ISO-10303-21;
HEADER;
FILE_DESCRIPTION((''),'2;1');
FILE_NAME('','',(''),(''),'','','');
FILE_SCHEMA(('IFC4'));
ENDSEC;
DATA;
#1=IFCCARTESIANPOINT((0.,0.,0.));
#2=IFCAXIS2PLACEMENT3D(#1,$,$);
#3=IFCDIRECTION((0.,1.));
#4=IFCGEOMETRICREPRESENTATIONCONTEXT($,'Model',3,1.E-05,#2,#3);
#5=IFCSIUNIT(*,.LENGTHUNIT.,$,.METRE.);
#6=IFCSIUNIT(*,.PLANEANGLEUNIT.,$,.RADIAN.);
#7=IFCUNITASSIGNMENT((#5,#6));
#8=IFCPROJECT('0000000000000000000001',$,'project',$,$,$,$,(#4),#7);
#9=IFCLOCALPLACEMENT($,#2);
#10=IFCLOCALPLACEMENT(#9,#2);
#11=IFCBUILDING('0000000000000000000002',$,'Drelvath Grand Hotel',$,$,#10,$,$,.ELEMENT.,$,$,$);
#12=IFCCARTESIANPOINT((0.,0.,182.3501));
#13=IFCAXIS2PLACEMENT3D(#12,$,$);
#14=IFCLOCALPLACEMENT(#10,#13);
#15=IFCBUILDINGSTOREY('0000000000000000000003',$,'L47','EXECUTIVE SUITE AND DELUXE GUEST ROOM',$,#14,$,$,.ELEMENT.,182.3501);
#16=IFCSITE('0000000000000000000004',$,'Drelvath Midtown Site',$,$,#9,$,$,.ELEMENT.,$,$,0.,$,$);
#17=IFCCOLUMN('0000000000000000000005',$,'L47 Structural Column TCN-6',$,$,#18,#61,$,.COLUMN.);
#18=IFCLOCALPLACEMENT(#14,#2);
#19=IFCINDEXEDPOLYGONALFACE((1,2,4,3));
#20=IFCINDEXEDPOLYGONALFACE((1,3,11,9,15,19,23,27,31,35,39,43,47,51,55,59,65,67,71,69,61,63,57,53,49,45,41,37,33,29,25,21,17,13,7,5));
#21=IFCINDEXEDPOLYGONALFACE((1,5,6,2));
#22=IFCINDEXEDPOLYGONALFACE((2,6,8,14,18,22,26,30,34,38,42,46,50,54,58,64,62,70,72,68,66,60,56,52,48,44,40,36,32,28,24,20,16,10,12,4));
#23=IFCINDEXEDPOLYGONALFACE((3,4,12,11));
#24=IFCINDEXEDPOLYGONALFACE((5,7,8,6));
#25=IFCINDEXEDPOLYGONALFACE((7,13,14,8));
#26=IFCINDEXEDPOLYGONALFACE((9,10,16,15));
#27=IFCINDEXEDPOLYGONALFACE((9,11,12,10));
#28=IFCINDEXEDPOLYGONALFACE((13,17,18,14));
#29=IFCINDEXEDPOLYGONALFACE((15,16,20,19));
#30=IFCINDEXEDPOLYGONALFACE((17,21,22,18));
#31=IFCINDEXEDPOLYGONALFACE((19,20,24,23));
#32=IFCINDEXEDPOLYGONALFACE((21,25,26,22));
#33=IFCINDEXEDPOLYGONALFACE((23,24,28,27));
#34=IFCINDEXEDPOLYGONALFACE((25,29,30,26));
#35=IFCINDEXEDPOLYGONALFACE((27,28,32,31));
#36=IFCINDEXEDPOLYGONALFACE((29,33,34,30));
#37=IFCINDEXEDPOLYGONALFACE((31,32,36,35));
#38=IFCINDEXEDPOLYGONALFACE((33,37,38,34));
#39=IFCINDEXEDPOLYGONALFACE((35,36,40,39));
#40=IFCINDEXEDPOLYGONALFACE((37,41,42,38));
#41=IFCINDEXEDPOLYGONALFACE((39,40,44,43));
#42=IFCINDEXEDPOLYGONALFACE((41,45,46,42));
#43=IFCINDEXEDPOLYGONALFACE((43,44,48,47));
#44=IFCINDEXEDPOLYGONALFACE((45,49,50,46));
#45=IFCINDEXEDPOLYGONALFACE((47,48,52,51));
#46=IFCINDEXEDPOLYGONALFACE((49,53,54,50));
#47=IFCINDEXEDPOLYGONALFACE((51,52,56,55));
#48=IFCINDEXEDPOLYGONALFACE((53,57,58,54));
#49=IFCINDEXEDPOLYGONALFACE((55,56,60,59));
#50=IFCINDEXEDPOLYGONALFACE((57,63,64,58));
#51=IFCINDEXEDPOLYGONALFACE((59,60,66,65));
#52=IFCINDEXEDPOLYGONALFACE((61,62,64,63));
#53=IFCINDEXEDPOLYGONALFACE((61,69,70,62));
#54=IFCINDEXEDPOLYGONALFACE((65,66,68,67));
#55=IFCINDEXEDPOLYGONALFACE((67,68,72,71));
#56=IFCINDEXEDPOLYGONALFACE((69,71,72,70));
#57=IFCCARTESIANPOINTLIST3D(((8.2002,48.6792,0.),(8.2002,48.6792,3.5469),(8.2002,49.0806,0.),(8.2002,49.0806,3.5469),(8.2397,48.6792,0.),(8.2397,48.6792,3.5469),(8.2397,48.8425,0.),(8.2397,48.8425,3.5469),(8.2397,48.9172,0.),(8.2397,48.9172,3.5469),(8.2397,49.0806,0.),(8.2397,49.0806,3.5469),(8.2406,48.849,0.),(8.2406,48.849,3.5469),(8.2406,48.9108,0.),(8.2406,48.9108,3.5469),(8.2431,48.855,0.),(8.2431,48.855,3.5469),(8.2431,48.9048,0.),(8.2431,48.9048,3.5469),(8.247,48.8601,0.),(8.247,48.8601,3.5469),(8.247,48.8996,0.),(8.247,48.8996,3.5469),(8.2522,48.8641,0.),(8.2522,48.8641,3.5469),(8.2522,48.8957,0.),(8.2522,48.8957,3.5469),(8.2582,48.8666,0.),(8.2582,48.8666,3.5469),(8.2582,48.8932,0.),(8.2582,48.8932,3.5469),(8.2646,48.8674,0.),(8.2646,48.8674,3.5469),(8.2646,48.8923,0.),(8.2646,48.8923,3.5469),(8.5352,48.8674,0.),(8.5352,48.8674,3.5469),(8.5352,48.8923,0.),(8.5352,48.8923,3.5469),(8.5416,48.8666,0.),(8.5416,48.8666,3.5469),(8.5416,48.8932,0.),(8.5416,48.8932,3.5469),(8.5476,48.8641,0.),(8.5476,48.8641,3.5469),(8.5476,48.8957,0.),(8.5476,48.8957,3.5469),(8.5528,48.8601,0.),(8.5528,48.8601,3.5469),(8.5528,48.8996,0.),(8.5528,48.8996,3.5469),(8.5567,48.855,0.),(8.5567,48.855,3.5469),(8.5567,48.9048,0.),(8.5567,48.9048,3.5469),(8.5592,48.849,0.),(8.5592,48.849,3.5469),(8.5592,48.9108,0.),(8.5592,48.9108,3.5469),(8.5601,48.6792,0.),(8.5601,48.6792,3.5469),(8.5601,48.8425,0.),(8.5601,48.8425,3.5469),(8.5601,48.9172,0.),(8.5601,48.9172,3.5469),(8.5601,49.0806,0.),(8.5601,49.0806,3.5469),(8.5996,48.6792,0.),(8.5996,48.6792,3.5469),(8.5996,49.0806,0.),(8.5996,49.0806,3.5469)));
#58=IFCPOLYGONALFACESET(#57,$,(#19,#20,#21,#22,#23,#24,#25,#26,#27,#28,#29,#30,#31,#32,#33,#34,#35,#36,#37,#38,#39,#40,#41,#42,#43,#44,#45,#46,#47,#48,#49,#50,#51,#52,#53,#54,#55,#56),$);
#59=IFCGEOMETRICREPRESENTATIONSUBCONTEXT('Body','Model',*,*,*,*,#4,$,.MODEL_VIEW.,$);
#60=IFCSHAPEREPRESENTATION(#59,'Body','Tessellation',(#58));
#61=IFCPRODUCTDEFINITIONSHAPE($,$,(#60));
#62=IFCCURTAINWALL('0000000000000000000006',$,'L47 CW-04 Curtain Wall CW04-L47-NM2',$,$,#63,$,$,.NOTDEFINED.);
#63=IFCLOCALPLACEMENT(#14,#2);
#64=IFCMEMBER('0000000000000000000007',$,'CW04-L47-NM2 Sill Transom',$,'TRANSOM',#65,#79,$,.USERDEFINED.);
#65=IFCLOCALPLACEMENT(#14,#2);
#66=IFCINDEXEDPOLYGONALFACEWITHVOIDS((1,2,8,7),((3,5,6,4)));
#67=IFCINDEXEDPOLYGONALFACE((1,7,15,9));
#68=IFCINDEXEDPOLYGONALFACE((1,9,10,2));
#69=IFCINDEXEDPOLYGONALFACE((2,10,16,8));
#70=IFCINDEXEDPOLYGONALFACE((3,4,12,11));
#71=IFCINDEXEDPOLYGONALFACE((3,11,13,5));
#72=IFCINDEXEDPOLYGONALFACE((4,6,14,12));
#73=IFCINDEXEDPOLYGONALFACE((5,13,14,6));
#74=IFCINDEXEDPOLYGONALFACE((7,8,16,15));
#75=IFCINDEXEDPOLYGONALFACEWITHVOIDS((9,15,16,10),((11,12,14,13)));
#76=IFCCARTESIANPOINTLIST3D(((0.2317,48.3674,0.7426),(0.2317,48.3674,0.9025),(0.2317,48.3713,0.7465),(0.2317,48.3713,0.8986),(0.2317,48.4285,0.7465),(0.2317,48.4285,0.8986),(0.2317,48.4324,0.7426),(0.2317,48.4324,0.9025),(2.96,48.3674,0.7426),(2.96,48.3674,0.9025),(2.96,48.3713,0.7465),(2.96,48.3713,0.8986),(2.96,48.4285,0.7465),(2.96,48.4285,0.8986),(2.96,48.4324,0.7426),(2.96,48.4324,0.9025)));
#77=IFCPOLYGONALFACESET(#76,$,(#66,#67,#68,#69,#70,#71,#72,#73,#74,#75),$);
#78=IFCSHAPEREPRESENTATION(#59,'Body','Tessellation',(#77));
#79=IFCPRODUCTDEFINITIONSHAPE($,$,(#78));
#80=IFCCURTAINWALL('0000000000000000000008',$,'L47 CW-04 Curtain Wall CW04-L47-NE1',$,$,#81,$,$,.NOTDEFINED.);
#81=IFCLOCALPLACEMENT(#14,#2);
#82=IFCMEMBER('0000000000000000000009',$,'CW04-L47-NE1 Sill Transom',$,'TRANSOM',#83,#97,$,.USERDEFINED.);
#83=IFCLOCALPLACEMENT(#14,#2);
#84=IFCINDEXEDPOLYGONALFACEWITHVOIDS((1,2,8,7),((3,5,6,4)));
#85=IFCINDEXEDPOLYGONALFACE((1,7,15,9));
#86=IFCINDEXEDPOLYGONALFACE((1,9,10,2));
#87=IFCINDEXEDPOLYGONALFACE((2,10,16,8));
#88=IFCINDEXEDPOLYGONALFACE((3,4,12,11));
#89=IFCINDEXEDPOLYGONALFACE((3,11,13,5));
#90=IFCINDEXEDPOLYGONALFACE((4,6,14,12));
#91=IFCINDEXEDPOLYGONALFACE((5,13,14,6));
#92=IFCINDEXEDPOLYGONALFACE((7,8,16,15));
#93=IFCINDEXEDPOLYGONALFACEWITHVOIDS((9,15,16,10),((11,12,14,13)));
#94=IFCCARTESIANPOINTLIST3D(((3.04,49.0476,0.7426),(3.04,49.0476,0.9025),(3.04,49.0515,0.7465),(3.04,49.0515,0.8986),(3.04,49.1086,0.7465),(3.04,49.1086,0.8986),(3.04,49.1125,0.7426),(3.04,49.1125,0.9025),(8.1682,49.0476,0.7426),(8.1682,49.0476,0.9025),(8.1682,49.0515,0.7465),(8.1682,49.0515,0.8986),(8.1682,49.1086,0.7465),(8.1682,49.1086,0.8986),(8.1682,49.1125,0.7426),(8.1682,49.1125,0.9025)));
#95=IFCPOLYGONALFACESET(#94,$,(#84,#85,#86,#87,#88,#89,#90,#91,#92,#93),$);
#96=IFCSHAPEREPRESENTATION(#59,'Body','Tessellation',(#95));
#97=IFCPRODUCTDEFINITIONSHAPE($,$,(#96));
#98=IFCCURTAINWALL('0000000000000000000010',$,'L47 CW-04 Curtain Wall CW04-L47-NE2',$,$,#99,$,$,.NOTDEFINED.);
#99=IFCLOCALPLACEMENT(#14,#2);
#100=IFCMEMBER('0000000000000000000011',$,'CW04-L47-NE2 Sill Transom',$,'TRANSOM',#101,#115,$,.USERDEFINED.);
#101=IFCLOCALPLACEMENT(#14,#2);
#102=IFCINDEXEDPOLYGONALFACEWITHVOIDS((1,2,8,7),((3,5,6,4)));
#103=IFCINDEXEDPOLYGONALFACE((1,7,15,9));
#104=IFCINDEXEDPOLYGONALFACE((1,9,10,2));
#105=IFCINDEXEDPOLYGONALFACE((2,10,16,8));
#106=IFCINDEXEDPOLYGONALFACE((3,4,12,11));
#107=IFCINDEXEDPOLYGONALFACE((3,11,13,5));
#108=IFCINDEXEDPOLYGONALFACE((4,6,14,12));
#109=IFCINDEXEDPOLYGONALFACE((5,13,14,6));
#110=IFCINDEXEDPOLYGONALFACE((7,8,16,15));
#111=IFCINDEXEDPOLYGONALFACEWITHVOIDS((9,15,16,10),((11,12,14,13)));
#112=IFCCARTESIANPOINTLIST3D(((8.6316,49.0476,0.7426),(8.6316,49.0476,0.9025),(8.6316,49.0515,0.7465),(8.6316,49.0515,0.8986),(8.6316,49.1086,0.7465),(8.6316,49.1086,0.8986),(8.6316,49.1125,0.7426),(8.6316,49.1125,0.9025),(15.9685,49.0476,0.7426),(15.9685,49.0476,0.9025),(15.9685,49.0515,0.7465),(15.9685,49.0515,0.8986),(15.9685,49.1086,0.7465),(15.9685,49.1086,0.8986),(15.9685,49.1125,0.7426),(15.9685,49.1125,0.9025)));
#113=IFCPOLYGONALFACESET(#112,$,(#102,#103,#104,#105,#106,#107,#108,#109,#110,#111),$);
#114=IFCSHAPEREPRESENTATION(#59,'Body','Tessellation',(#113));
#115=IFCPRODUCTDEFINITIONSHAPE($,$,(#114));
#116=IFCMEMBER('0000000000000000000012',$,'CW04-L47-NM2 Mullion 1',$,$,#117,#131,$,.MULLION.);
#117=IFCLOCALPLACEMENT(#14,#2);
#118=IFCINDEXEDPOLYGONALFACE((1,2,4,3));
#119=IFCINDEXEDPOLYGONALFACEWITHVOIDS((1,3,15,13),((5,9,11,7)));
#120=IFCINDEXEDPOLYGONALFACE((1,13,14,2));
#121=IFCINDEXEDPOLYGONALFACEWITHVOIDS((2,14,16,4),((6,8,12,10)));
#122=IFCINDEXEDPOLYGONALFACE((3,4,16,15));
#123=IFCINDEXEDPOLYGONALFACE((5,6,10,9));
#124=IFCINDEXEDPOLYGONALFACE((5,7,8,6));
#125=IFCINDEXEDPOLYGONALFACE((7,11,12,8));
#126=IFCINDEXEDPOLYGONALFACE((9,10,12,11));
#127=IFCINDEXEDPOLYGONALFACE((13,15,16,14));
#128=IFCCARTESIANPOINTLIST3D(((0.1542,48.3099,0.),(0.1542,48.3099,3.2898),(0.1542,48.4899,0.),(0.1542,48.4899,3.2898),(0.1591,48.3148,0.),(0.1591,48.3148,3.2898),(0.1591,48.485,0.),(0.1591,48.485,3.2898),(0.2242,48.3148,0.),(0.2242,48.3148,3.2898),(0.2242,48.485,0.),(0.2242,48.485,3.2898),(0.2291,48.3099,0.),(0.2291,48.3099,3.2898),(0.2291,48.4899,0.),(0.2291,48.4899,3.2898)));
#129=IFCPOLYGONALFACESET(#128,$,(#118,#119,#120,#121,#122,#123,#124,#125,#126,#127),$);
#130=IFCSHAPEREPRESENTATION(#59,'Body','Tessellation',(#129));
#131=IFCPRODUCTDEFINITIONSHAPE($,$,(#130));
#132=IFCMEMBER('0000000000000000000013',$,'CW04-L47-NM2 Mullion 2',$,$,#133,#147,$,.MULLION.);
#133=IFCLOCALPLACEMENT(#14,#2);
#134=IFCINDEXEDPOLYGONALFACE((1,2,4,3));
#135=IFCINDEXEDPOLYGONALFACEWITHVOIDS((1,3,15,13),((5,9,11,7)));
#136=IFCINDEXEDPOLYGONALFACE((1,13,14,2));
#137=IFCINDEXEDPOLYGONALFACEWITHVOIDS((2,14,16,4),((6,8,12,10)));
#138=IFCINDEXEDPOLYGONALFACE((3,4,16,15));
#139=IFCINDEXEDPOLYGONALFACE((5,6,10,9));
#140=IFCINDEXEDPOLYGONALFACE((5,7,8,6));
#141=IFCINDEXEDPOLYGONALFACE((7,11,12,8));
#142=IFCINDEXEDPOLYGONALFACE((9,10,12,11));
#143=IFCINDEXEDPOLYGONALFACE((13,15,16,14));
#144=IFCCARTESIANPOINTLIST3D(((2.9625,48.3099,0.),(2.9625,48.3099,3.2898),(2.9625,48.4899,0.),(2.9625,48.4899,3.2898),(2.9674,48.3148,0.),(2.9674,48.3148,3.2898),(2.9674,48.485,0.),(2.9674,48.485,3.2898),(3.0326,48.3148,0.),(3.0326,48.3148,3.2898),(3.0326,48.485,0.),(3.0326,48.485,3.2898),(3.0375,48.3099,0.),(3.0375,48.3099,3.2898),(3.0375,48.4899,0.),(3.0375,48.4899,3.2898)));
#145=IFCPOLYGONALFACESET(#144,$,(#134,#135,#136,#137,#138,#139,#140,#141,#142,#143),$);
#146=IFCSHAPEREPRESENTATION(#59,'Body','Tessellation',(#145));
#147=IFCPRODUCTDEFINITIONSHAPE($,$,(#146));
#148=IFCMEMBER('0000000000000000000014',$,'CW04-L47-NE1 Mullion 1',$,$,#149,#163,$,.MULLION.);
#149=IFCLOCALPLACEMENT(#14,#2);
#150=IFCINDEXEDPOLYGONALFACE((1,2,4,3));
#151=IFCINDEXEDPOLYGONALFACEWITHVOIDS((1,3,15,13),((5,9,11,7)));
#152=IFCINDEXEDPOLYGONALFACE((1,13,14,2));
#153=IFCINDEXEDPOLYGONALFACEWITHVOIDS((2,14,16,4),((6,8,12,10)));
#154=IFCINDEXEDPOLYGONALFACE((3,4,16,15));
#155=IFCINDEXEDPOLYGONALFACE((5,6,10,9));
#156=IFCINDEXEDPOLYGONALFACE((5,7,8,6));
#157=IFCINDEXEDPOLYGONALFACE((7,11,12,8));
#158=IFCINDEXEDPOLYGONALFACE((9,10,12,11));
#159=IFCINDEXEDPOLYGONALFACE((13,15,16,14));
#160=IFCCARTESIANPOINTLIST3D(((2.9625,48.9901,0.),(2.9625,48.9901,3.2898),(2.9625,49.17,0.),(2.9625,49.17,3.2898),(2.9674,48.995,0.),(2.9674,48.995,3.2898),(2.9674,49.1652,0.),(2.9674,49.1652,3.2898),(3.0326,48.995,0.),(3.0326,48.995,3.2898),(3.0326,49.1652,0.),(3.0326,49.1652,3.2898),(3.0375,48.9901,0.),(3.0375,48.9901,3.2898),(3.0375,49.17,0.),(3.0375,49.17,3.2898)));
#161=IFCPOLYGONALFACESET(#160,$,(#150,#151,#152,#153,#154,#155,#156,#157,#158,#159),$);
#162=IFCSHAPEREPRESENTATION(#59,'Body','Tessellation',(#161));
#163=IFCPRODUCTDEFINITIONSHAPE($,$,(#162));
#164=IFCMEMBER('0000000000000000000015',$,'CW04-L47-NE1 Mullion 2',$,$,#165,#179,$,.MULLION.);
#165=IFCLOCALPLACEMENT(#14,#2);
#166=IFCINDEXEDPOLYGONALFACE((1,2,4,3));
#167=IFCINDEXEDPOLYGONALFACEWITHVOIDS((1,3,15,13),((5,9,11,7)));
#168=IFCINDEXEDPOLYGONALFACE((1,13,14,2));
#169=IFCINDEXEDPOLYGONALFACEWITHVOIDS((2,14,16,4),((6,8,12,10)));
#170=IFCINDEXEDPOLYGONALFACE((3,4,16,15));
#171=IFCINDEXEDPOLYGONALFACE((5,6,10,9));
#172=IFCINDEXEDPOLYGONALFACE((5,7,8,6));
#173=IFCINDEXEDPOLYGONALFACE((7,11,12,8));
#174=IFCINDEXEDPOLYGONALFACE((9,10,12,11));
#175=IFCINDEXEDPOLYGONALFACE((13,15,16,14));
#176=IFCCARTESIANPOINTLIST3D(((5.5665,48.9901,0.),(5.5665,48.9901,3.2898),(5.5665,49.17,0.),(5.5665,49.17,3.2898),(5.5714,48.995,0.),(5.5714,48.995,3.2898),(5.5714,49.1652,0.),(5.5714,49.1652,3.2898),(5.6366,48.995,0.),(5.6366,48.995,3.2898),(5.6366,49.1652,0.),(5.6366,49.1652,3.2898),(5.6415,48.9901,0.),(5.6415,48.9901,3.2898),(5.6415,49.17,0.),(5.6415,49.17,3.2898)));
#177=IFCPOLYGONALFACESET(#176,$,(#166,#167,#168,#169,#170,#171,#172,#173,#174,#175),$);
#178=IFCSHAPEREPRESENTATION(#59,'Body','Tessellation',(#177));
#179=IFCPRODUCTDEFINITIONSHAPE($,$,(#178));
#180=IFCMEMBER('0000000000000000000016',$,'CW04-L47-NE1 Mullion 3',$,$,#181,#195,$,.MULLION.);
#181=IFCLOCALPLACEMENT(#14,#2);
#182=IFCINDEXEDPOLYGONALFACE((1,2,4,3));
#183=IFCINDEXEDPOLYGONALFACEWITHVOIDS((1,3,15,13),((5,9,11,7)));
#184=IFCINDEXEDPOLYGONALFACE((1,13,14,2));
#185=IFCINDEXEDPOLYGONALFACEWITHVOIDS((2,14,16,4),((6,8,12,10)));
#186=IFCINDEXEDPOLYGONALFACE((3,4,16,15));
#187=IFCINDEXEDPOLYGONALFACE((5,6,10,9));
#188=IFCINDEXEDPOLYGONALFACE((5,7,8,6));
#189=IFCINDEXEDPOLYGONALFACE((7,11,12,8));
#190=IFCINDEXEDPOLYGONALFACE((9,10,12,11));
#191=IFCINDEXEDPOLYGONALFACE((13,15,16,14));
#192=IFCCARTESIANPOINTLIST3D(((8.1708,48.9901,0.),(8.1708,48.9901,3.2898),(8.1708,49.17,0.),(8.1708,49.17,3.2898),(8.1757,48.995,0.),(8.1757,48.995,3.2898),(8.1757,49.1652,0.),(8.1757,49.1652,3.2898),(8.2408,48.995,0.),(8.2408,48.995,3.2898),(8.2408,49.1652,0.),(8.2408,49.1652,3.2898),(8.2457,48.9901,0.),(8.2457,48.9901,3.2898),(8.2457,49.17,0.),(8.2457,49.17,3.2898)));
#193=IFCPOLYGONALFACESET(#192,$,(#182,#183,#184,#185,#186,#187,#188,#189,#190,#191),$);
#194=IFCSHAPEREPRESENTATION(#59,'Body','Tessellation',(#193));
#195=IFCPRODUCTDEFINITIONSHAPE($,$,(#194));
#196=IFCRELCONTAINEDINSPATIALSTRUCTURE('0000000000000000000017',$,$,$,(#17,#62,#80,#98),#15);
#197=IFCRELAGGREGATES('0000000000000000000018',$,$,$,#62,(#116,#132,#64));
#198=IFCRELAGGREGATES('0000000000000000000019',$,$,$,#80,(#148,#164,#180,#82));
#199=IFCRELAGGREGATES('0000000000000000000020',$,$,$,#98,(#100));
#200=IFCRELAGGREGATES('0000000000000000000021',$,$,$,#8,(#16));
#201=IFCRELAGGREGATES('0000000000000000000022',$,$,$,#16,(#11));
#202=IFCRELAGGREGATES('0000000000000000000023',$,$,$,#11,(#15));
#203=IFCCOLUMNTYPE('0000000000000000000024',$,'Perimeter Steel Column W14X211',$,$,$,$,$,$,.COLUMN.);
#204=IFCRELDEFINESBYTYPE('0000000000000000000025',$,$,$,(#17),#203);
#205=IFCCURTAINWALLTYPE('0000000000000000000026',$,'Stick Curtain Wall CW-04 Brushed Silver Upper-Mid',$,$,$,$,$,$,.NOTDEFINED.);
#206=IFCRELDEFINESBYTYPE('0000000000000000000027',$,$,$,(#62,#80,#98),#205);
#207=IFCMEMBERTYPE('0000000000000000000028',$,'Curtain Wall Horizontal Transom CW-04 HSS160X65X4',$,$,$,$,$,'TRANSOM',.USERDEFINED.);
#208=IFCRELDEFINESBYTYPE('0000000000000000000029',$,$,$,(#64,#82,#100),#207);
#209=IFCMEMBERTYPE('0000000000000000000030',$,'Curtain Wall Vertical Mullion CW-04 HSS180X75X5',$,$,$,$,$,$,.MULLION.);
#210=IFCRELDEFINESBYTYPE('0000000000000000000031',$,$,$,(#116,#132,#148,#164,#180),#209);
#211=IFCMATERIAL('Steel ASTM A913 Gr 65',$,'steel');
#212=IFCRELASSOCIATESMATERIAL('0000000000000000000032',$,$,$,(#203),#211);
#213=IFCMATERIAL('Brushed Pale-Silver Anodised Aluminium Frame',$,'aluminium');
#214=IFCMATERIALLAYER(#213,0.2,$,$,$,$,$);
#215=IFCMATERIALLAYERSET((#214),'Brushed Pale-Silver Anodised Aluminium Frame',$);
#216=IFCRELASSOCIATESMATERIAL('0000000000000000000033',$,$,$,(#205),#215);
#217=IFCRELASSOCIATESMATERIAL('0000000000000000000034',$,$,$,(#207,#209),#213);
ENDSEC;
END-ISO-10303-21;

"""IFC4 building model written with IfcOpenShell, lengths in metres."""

from ifc_helpers import new_model, si_unit, direction, frame, origin, origin_2d, place, context, subcontext, project, spatial, hollow_rectangle, i_section, extrude, material, layer, layer_set, material_profile, profile_set, type_object, element, aggregate, save


model = new_model("IFC4")

# Units and contexts
model_context = context("Model", 3, precision=1e-05, world=origin(), true_north=direction((0.0, 1.0)))
body_context = subcontext(model_context, "Body", "Model", "MODEL_VIEW")
ifc_project = project(units=[si_unit("LENGTHUNIT", "METRE"), si_unit("PLANEANGLEUNIT", "RADIAN")], contexts=[model_context])

# Site, building, storey
site_placement = place(None, origin())
site = spatial("IfcSite", under=ifc_project, at=site_placement, Name="Drelvath Midtown Site", CompositionType="ELEMENT", RefElevation=0.0)
building_placement = place(site_placement, origin())
building = spatial("IfcBuilding", under=site, at=building_placement, Name="Drelvath Grand Hotel", CompositionType="ELEMENT")
storey_placement = place(building_placement, frame((0.0, 0.0, 182.3501)))
storey = spatial("IfcBuildingStorey", under=building, at=storey_placement, Name="L47", Description="EXECUTIVE SUITE AND DELUXE GUEST ROOM", CompositionType="ELEMENT", Elevation=182.3501)

# Column
ifc_material_1 = material(Name="Steel ASTM A913 Gr 65", Category="steel")
ifc_material_profile_1 = material_profile(ifc_material_1, i_section(OverallWidth=0.4014, OverallDepth=0.3994, WebThickness=0.0249, FlangeThickness=0.0396, FilletRadius=0.0249, at=origin_2d()), Name="W14X211")
ifc_profile_set_1 = profile_set([ifc_material_profile_1], Name="Steel ASTM A913 Gr 65")
column_type = type_object("IfcColumnType", Name="Perimeter Steel Column W14X211", PredefinedType="COLUMN", material=ifc_profile_set_1)
column_placement = place(storey_placement, frame((8.3999, 48.8799, 0.0), z_axis=(0.0, 0.0, 1.0), x_axis=(0.0, 1.0, 0.0)))
element("IfcColumn", 1, at=column_placement, inside=storey, type_object=column_type, Name="L47 Structural Column TCN-6", PredefinedType="COLUMN", context=body_context, shape_type="SweptSolid", body=[
    extrude(i_section(OverallWidth=0.4014, OverallDepth=0.3994, WebThickness=0.0249, FlangeThickness=0.0396, FilletRadius=0.0249, at=origin_2d()), origin(), (0.0, 0.0, 1.0), 3.5469),
])

# Curtain walls, members
ifc_material_2 = material(Name="Brushed Pale-Silver Anodised Aluminium Frame", Category="aluminium")
ifc_layer_1 = layer(ifc_material_2, 0.2)
ifc_layer_set_1 = layer_set([ifc_layer_1], Name="Brushed Pale-Silver Anodised Aluminium Frame")
curtain_wall_type = type_object("IfcCurtainWallType", Name="Stick Curtain Wall CW-04 Brushed Silver Upper-Mid", PredefinedType="NOTDEFINED", material=ifc_layer_set_1)
curtain_wall_1_placement = place(storey_placement, origin())
curtain_wall_1 = element("IfcCurtainWall", 2, at=curtain_wall_1_placement, inside=storey, type_object=curtain_wall_type, Name="L47 CW-04 Curtain Wall CW04-L47-NM2", PredefinedType="NOTDEFINED")
ifc_material_profile_2 = material_profile(ifc_material_2, hollow_rectangle(XDim=0.0649, YDim=0.1599, WallThickness=0.0039, at=origin_2d()), Name="HSS160X65X4")
ifc_profile_set_2 = profile_set([ifc_material_profile_2], Name="Brushed Pale-Silver Anodised Aluminium Frame")
member_type_1 = type_object("IfcMemberType", Name="Curtain Wall Horizontal Transom CW-04 HSS160X65X4", ElementType="TRANSOM", PredefinedType="USERDEFINED", material=ifc_profile_set_2)
member_1_placement = place(storey_placement, frame((0.2317, 48.3999, 0.8225), z_axis=(1.0, 0.0, 0.0), x_axis=(0.0, 1.0, 0.0)))
member_1 = element("IfcMember", 3, at=member_1_placement, type_object=member_type_1, Name="CW04-L47-NM2 Sill Transom", ObjectType="TRANSOM", PredefinedType="USERDEFINED", context=body_context, shape_type="SweptSolid", body=[
    extrude(hollow_rectangle(XDim=0.0649, YDim=0.1599, WallThickness=0.0039, at=origin_2d()), origin(), (0.0, 0.0, 1.0), 2.7283),
])
curtain_wall_2_placement = place(storey_placement, origin())
curtain_wall_2 = element("IfcCurtainWall", 4, at=curtain_wall_2_placement, inside=storey, type_object=curtain_wall_type, Name="L47 CW-04 Curtain Wall CW04-L47-NE1", PredefinedType="NOTDEFINED")
member_2_placement = place(storey_placement, frame((3.04, 49.0801, 0.8225), z_axis=(1.0, 0.0, 0.0), x_axis=(0.0, 1.0, 0.0)))
member_2 = element("IfcMember", 5, at=member_2_placement, type_object=member_type_1, Name="CW04-L47-NE1 Sill Transom", ObjectType="TRANSOM", PredefinedType="USERDEFINED", context=body_context, shape_type="SweptSolid", body=[
    extrude(hollow_rectangle(XDim=0.0649, YDim=0.1599, WallThickness=0.0039, at=origin_2d()), origin(), (0.0, 0.0, 1.0), 5.1282),
])
curtain_wall_3_placement = place(storey_placement, origin())
curtain_wall_3 = element("IfcCurtainWall", 6, at=curtain_wall_3_placement, inside=storey, type_object=curtain_wall_type, Name="L47 CW-04 Curtain Wall CW04-L47-NE2", PredefinedType="NOTDEFINED")
member_3_placement = place(storey_placement, frame((8.6316, 49.0801, 0.8225), z_axis=(1.0, 0.0, 0.0), x_axis=(0.0, 1.0, 0.0)))
member_3 = element("IfcMember", 7, at=member_3_placement, type_object=member_type_1, Name="CW04-L47-NE2 Sill Transom", ObjectType="TRANSOM", PredefinedType="USERDEFINED", context=body_context, shape_type="SweptSolid", body=[
    extrude(hollow_rectangle(XDim=0.0649, YDim=0.1599, WallThickness=0.0039, at=origin_2d()), origin(), (0.0, 0.0, 1.0), 7.3369),
])

# Members
ifc_material_profile_3 = material_profile(ifc_material_2, hollow_rectangle(XDim=0.075, YDim=0.1799, WallThickness=0.0049, at=origin_2d()), Name="HSS180X75X5")
ifc_profile_set_3 = profile_set([ifc_material_profile_3], Name="Brushed Pale-Silver Anodised Aluminium Frame")
member_type_2 = type_object("IfcMemberType", Name="Curtain Wall Vertical Mullion CW-04 HSS180X75X5", PredefinedType="MULLION", material=ifc_profile_set_3)
member_4_placement = place(storey_placement, frame((0.1917, 48.3999, 0.0), z_axis=(0.0, 0.0, 1.0), x_axis=(1.0, 0.0, 0.0)))
member_4 = element("IfcMember", 8, at=member_4_placement, type_object=member_type_2, Name="CW04-L47-NM2 Mullion 1", PredefinedType="MULLION", context=body_context, shape_type="SweptSolid", body=[
    extrude(hollow_rectangle(XDim=0.075, YDim=0.1799, WallThickness=0.0049, at=origin_2d()), origin(), (0.0, 0.0, 1.0), 3.2898),
])
member_5_placement = place(storey_placement, frame((3.0, 48.3999, 0.0), z_axis=(0.0, 0.0, 1.0), x_axis=(1.0, 0.0, 0.0)))
member_5 = element("IfcMember", 9, at=member_5_placement, type_object=member_type_2, Name="CW04-L47-NM2 Mullion 2", PredefinedType="MULLION", context=body_context, shape_type="SweptSolid", body=[
    extrude(hollow_rectangle(XDim=0.075, YDim=0.1799, WallThickness=0.0049, at=origin_2d()), origin(), (0.0, 0.0, 1.0), 3.2898),
])
member_6_placement = place(storey_placement, frame((3.0, 49.0801, 0.0), z_axis=(0.0, 0.0, 1.0), x_axis=(1.0, 0.0, 0.0)))
member_6 = element("IfcMember", 10, at=member_6_placement, type_object=member_type_2, Name="CW04-L47-NE1 Mullion 1", PredefinedType="MULLION", context=body_context, shape_type="SweptSolid", body=[
    extrude(hollow_rectangle(XDim=0.075, YDim=0.1799, WallThickness=0.0049, at=origin_2d()), origin(), (0.0, 0.0, 1.0), 3.2898),
])
member_7_placement = place(storey_placement, frame((5.604, 49.0801, 0.0), z_axis=(0.0, 0.0, 1.0), x_axis=(1.0, 0.0, 0.0)))
member_7 = element("IfcMember", 11, at=member_7_placement, type_object=member_type_2, Name="CW04-L47-NE1 Mullion 2", PredefinedType="MULLION", context=body_context, shape_type="SweptSolid", body=[
    extrude(hollow_rectangle(XDim=0.075, YDim=0.1799, WallThickness=0.0049, at=origin_2d()), origin(), (0.0, 0.0, 1.0), 3.2898),
])
member_8_placement = place(storey_placement, frame((8.2083, 49.0801, 0.0), z_axis=(0.0, 0.0, 1.0), x_axis=(1.0, 0.0, 0.0)))
member_8 = element("IfcMember", 12, at=member_8_placement, type_object=member_type_2, Name="CW04-L47-NE1 Mullion 3", PredefinedType="MULLION", context=body_context, shape_type="SweptSolid", body=[
    extrude(hollow_rectangle(XDim=0.075, YDim=0.1799, WallThickness=0.0049, at=origin_2d()), origin(), (0.0, 0.0, 1.0), 3.2898),
])

aggregate(curtain_wall_1, [member_4, member_5, member_1])
aggregate(curtain_wall_2, [member_6, member_7, member_8, member_2])
aggregate(curtain_wall_3, [member_3])

save(model, "model.ifc")
